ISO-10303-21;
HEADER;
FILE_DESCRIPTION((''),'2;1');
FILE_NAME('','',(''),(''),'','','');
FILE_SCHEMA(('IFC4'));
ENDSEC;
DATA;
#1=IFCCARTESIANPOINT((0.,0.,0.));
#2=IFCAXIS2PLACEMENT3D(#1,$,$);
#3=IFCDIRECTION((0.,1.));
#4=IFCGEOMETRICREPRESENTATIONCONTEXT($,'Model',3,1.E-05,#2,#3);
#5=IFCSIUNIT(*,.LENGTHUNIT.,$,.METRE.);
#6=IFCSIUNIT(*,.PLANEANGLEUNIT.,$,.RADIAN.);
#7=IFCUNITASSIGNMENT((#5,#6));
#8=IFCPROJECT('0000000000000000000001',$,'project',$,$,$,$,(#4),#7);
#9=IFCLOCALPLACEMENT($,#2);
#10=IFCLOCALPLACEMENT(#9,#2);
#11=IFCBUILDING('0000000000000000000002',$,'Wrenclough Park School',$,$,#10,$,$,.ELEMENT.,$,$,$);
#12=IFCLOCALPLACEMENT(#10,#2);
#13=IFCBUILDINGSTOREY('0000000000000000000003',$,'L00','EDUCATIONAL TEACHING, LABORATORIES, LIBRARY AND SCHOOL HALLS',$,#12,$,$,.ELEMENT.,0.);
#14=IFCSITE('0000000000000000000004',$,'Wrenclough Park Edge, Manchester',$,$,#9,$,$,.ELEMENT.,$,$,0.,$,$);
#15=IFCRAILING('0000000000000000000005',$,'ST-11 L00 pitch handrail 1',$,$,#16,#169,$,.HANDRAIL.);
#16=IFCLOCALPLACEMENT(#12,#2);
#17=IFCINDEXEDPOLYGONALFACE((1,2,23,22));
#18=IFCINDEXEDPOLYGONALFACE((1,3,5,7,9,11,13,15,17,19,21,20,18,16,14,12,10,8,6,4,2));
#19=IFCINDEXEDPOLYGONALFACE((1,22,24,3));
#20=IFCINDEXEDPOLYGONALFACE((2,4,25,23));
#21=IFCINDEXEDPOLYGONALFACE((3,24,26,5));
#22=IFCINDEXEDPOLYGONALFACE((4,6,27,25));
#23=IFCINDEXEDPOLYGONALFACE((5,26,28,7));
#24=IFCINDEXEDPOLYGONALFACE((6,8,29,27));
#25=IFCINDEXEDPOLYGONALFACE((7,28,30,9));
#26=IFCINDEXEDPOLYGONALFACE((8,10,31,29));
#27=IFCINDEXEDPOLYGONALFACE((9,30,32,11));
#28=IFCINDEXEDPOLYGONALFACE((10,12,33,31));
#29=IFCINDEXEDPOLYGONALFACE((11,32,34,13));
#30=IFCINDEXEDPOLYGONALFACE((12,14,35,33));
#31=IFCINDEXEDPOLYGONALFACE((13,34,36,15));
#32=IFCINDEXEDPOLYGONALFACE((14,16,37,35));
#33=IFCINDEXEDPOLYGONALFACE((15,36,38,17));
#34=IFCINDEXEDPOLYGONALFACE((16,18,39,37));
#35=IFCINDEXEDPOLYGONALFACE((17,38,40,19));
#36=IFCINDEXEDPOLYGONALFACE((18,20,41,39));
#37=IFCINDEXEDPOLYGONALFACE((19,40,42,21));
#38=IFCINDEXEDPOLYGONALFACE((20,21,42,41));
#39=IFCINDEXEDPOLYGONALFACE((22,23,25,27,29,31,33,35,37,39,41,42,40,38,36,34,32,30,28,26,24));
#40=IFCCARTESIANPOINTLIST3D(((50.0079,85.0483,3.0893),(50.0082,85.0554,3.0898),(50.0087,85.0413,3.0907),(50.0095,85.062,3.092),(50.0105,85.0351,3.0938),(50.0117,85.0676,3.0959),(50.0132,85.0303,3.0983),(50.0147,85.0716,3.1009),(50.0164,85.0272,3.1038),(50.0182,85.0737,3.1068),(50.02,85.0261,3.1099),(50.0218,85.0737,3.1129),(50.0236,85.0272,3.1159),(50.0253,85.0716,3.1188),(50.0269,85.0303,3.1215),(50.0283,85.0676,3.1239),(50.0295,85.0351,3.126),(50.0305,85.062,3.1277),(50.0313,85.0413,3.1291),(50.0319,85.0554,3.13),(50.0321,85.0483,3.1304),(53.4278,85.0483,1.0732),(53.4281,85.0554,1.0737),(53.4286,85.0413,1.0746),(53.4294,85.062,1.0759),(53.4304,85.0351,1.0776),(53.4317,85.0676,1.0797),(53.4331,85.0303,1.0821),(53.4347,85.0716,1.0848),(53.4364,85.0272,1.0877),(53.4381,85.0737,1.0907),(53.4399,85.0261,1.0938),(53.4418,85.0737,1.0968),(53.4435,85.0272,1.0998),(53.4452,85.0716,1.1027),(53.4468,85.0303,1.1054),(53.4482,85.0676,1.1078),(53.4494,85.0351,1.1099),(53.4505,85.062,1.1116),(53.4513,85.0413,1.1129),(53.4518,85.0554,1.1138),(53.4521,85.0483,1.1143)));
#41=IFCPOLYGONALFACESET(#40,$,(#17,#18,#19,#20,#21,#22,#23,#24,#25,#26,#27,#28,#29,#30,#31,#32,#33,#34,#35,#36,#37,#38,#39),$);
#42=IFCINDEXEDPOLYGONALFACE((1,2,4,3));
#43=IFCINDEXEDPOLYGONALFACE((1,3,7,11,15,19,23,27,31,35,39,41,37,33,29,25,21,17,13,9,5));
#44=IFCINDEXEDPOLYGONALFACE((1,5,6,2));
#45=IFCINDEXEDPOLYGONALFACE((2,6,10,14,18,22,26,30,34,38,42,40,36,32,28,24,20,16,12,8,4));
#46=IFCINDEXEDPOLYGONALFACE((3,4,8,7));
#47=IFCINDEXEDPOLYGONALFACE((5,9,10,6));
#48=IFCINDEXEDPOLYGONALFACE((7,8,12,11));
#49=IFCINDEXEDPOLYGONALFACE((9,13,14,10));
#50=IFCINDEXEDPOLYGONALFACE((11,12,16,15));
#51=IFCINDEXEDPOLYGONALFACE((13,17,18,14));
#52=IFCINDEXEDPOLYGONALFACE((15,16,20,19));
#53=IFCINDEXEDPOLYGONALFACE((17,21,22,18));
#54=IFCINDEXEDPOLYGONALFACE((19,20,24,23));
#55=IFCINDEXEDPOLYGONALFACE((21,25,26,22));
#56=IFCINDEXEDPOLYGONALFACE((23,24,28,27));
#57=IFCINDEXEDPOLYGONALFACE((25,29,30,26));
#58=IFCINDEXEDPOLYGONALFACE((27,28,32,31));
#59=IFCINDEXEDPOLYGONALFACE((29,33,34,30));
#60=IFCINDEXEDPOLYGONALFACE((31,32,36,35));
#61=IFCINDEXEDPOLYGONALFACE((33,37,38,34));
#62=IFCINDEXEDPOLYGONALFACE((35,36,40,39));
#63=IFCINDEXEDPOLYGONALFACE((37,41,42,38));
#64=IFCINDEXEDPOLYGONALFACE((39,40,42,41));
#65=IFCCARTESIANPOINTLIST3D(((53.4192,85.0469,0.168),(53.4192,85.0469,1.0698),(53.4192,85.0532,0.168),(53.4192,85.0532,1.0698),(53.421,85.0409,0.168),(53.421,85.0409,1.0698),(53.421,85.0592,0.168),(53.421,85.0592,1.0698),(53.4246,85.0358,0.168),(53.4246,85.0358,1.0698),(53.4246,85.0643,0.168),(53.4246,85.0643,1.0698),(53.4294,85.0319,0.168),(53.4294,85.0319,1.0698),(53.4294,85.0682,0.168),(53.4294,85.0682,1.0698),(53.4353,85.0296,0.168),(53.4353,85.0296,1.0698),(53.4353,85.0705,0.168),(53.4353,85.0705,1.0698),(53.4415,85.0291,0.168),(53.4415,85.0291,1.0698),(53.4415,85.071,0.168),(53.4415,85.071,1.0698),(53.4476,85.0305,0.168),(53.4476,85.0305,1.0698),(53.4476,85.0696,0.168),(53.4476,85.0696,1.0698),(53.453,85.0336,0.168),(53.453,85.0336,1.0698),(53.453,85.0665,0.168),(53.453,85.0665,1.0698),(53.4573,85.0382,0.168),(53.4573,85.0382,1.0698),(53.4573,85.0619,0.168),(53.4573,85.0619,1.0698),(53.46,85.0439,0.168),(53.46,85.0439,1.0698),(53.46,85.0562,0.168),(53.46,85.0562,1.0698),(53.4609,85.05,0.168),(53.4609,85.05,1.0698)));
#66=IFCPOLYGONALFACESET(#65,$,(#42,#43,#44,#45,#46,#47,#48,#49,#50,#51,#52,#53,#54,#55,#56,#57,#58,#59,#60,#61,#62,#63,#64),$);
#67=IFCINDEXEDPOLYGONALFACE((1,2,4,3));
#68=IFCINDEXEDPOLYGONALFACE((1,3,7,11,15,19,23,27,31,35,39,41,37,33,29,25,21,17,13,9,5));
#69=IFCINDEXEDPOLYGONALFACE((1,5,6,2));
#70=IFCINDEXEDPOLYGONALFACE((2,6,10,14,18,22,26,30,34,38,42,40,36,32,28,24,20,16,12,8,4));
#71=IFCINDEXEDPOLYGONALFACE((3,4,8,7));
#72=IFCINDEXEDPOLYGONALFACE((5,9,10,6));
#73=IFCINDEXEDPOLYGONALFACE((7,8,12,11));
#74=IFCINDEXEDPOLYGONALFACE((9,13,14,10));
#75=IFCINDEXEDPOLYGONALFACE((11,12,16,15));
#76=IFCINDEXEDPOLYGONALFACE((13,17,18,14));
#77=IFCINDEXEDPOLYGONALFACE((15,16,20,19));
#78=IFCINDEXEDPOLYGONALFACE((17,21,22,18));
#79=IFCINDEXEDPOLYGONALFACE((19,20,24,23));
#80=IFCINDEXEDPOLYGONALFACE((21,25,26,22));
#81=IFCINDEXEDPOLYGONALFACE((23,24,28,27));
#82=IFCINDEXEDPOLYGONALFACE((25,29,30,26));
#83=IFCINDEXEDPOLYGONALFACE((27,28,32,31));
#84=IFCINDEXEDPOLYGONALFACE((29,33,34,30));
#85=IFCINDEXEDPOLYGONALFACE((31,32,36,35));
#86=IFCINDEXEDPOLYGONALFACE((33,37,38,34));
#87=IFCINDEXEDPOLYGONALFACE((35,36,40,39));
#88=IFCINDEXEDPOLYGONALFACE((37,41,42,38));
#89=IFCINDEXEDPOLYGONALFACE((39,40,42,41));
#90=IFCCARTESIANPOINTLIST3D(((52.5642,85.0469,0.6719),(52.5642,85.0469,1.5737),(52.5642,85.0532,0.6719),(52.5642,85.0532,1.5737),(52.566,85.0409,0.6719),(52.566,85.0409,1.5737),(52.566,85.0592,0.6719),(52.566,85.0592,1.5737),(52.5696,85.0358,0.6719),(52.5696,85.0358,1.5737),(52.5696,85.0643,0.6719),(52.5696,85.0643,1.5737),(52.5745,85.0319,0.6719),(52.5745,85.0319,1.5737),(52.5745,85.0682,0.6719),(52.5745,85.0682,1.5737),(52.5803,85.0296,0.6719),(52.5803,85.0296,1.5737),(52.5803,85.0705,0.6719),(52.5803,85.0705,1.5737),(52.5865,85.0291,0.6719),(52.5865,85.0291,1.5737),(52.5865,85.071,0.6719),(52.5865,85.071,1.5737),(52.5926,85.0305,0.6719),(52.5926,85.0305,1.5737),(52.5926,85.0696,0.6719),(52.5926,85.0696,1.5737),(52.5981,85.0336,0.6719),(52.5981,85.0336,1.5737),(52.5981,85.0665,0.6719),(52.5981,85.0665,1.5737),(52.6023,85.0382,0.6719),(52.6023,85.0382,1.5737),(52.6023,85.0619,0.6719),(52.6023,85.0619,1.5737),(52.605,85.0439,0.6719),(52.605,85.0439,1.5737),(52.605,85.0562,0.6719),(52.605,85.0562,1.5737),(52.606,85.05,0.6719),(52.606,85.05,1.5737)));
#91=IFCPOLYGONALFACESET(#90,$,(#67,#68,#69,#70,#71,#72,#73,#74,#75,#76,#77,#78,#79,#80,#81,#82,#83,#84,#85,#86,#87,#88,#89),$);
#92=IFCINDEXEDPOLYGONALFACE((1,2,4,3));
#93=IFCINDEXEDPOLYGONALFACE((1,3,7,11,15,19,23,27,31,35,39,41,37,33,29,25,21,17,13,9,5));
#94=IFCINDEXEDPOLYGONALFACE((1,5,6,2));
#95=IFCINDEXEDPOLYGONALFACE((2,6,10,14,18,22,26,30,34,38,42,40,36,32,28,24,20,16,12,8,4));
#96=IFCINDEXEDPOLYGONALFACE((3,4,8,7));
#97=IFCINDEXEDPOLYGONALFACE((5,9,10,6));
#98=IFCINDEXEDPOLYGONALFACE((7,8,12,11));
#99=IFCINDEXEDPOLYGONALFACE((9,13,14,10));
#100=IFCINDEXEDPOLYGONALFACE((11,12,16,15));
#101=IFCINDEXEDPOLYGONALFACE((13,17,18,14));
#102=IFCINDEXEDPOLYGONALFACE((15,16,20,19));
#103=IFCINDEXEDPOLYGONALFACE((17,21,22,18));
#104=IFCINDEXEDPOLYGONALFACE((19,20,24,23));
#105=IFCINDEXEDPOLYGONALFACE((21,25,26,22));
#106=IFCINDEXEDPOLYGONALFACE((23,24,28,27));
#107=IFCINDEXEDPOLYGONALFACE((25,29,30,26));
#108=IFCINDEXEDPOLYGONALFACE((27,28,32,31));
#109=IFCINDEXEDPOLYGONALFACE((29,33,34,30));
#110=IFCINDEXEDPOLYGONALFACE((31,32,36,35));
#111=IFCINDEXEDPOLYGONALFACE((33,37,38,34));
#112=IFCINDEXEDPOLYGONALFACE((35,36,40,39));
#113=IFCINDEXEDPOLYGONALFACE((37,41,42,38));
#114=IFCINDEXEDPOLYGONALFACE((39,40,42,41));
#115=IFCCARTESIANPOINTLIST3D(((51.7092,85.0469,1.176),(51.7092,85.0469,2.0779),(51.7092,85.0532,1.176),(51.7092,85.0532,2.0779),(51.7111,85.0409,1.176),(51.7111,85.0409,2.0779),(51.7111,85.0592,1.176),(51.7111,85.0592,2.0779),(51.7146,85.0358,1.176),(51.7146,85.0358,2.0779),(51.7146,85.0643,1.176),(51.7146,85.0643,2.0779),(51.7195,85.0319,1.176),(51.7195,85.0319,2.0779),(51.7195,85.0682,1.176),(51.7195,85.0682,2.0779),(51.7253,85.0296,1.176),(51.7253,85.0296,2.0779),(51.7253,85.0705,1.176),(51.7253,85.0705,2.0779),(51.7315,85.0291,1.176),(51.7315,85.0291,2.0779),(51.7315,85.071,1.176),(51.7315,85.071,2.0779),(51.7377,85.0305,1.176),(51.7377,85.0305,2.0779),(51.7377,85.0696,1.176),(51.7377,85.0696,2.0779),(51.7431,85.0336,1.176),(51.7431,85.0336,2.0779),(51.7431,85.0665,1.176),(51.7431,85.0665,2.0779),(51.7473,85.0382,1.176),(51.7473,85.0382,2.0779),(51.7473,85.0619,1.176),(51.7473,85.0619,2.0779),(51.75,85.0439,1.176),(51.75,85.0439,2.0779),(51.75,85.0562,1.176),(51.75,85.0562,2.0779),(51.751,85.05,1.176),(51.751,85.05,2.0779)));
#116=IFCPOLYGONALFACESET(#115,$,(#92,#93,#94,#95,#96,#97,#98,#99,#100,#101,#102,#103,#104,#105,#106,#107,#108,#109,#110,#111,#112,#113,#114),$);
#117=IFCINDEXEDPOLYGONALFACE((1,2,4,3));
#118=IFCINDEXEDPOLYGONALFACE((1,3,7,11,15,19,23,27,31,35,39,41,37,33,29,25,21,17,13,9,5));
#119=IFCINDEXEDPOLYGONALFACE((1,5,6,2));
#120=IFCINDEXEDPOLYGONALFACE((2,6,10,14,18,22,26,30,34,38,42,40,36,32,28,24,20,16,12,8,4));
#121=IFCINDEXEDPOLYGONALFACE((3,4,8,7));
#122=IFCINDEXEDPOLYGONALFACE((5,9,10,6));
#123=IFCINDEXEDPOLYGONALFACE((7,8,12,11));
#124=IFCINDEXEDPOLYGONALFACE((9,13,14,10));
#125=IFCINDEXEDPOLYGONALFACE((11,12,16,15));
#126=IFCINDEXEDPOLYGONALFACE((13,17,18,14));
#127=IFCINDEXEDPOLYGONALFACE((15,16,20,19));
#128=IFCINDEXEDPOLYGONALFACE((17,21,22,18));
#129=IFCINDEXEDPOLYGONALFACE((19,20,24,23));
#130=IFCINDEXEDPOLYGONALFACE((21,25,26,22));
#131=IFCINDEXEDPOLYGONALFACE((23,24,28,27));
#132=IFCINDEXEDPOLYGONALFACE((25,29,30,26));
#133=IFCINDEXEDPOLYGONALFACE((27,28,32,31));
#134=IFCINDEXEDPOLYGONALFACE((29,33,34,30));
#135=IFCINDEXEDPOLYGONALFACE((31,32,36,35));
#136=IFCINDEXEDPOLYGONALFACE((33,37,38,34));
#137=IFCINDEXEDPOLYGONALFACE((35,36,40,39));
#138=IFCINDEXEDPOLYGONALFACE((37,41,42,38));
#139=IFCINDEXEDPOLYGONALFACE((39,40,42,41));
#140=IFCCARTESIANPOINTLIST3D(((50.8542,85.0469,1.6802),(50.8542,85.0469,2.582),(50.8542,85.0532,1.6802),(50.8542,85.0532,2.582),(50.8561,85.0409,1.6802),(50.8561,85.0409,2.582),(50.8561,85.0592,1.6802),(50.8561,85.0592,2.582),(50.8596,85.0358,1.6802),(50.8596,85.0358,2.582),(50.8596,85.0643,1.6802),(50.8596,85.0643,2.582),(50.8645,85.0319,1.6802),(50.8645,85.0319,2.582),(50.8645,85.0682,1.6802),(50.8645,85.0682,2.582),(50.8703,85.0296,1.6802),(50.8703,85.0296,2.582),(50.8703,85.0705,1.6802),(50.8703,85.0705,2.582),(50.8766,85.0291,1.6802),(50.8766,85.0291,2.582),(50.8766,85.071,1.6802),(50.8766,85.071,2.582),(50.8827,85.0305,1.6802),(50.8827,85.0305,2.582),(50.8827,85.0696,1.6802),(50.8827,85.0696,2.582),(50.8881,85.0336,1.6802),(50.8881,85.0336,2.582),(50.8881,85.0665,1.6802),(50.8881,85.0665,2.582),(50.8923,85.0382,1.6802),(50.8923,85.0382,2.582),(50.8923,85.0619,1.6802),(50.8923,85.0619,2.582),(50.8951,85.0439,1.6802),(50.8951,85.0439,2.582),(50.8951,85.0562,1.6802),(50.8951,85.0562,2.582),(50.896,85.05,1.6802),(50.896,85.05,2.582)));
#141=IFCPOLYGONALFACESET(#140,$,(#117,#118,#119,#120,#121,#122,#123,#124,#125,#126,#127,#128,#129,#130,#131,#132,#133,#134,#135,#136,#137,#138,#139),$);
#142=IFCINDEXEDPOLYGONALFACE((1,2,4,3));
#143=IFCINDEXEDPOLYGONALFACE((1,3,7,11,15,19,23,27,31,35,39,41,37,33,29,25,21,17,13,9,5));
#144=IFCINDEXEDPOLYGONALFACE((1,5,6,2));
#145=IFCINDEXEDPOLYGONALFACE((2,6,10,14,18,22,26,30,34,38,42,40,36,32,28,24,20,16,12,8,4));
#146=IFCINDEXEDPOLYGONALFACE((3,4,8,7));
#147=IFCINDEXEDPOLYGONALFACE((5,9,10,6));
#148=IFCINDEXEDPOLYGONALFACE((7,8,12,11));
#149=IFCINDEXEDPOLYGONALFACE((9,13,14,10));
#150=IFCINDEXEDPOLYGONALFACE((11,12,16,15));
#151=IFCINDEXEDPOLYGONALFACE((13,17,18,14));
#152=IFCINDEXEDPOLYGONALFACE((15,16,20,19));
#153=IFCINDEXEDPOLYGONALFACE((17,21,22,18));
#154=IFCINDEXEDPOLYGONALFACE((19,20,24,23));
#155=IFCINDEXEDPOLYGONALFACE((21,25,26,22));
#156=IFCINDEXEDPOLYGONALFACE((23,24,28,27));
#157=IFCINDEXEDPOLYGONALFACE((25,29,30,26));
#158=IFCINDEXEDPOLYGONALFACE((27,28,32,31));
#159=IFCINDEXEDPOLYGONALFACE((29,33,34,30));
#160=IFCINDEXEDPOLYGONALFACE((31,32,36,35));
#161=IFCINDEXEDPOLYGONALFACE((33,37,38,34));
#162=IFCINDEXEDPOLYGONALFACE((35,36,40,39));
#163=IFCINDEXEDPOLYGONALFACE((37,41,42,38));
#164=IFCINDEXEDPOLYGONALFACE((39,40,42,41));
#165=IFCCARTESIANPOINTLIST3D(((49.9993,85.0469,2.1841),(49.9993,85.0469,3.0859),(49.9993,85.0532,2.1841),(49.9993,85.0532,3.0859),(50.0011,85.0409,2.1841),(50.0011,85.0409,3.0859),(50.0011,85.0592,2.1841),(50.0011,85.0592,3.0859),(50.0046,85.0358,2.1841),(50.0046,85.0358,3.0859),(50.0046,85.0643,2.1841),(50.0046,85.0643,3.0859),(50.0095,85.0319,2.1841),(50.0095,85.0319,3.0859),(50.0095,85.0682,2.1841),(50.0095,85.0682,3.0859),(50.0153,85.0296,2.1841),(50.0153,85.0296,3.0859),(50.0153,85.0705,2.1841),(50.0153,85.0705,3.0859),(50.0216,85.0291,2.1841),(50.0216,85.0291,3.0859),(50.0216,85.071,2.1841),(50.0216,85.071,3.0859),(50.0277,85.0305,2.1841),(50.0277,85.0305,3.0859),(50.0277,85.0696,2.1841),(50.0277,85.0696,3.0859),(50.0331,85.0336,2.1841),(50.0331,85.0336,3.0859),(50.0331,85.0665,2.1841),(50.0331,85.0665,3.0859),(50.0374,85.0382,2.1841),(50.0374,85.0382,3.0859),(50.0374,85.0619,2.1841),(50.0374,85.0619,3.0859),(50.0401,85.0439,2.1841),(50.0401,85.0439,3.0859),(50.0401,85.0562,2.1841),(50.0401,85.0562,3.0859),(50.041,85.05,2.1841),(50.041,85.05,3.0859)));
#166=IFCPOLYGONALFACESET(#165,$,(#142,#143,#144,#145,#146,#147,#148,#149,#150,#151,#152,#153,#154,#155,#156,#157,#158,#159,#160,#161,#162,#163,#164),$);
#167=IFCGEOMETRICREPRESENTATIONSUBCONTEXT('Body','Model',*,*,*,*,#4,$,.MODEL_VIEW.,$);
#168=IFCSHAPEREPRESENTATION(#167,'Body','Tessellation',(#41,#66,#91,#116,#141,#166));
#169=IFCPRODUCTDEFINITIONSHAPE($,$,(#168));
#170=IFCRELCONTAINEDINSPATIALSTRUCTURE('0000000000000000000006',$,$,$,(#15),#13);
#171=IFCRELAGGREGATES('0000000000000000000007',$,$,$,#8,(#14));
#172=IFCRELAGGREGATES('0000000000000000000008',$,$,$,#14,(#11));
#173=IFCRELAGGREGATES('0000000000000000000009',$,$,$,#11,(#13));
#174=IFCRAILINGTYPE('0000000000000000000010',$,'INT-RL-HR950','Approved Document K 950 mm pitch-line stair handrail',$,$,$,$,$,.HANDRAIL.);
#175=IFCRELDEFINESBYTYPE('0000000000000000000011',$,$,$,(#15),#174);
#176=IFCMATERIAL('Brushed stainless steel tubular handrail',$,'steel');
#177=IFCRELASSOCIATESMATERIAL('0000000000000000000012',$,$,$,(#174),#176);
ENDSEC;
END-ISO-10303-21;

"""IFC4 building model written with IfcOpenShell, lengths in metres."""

from ifc_helpers import new_model, si_unit, direction, frame, origin, origin_2d, place, context, subcontext, project, spatial, circle, extrude, material, type_object, element, save


model = new_model("IFC4")

# Units and contexts
model_context = context("Model", 3, precision=1e-05, world=origin(), true_north=direction((0.0, 1.0)))
body_context = subcontext(model_context, "Body", "Model", "MODEL_VIEW")
ifc_project = project(units=[si_unit("LENGTHUNIT", "METRE"), si_unit("PLANEANGLEUNIT", "RADIAN")], contexts=[model_context])

# Site, building, storey
site_placement = place(None, origin())
site = spatial("IfcSite", under=ifc_project, at=site_placement, Name="Wrenclough Park Edge, Manchester", CompositionType="ELEMENT", RefElevation=0.0)
building_placement = place(site_placement, origin())
building = spatial("IfcBuilding", under=site, at=building_placement, Name="Wrenclough Park School", CompositionType="ELEMENT")
storey_placement = place(building_placement, origin())
storey = spatial("IfcBuildingStorey", under=building, at=storey_placement, Name="L00", Description="EDUCATIONAL TEACHING, LABORATORIES, LIBRARY AND SCHOOL HALLS", CompositionType="ELEMENT", Elevation=0.0)

# Railing
ifc_material_1 = material(Name="Brushed stainless steel tubular handrail", Category="steel")
railing_type_1 = type_object("IfcRailingType", Name="INT-RL-HR950", Description="Approved Document K 950 mm pitch-line stair handrail", PredefinedType="HANDRAIL", material=ifc_material_1)
railing_1_placement = place(storey_placement, frame((53.4399, 85.05, 0.168)))
element("IfcRailing", 1, at=railing_1_placement, inside=storey, type_object=railing_type_1, Name="ST-11 L00 pitch handrail 1", PredefinedType="HANDRAIL", context=body_context, shape_type="SweptSolid", body=[
    extrude(circle(Radius=0.0239, at=origin_2d()), frame((0.0, 0.0, 0.9258), z_axis=(-0.86145, 0.0, 0.507842), x_axis=(0.0, -1.0, 0.0)), (0.0, 0.0, 1.0), 3.97),
    extrude(circle(Radius=0.021, at=origin_2d()), origin(), (0.0, 0.0, 1.0), 0.9019),
    extrude(circle(Radius=0.021, at=origin_2d()), frame((-0.855, 0.0, 0.5039)), (0.0, 0.0, 1.0), 0.9019),
    extrude(circle(Radius=0.021, at=origin_2d()), frame((-1.71, 0.0, 1.0081)), (0.0, 0.0, 1.0), 0.9019),
    extrude(circle(Radius=0.021, at=origin_2d()), frame((-2.5649, 0.0, 1.5122)), (0.0, 0.0, 1.0), 0.9019),
    extrude(circle(Radius=0.021, at=origin_2d()), frame((-3.4199, 0.0, 2.0161)), (0.0, 0.0, 1.0), 0.9019),
])

save(model, "model.ifc")
